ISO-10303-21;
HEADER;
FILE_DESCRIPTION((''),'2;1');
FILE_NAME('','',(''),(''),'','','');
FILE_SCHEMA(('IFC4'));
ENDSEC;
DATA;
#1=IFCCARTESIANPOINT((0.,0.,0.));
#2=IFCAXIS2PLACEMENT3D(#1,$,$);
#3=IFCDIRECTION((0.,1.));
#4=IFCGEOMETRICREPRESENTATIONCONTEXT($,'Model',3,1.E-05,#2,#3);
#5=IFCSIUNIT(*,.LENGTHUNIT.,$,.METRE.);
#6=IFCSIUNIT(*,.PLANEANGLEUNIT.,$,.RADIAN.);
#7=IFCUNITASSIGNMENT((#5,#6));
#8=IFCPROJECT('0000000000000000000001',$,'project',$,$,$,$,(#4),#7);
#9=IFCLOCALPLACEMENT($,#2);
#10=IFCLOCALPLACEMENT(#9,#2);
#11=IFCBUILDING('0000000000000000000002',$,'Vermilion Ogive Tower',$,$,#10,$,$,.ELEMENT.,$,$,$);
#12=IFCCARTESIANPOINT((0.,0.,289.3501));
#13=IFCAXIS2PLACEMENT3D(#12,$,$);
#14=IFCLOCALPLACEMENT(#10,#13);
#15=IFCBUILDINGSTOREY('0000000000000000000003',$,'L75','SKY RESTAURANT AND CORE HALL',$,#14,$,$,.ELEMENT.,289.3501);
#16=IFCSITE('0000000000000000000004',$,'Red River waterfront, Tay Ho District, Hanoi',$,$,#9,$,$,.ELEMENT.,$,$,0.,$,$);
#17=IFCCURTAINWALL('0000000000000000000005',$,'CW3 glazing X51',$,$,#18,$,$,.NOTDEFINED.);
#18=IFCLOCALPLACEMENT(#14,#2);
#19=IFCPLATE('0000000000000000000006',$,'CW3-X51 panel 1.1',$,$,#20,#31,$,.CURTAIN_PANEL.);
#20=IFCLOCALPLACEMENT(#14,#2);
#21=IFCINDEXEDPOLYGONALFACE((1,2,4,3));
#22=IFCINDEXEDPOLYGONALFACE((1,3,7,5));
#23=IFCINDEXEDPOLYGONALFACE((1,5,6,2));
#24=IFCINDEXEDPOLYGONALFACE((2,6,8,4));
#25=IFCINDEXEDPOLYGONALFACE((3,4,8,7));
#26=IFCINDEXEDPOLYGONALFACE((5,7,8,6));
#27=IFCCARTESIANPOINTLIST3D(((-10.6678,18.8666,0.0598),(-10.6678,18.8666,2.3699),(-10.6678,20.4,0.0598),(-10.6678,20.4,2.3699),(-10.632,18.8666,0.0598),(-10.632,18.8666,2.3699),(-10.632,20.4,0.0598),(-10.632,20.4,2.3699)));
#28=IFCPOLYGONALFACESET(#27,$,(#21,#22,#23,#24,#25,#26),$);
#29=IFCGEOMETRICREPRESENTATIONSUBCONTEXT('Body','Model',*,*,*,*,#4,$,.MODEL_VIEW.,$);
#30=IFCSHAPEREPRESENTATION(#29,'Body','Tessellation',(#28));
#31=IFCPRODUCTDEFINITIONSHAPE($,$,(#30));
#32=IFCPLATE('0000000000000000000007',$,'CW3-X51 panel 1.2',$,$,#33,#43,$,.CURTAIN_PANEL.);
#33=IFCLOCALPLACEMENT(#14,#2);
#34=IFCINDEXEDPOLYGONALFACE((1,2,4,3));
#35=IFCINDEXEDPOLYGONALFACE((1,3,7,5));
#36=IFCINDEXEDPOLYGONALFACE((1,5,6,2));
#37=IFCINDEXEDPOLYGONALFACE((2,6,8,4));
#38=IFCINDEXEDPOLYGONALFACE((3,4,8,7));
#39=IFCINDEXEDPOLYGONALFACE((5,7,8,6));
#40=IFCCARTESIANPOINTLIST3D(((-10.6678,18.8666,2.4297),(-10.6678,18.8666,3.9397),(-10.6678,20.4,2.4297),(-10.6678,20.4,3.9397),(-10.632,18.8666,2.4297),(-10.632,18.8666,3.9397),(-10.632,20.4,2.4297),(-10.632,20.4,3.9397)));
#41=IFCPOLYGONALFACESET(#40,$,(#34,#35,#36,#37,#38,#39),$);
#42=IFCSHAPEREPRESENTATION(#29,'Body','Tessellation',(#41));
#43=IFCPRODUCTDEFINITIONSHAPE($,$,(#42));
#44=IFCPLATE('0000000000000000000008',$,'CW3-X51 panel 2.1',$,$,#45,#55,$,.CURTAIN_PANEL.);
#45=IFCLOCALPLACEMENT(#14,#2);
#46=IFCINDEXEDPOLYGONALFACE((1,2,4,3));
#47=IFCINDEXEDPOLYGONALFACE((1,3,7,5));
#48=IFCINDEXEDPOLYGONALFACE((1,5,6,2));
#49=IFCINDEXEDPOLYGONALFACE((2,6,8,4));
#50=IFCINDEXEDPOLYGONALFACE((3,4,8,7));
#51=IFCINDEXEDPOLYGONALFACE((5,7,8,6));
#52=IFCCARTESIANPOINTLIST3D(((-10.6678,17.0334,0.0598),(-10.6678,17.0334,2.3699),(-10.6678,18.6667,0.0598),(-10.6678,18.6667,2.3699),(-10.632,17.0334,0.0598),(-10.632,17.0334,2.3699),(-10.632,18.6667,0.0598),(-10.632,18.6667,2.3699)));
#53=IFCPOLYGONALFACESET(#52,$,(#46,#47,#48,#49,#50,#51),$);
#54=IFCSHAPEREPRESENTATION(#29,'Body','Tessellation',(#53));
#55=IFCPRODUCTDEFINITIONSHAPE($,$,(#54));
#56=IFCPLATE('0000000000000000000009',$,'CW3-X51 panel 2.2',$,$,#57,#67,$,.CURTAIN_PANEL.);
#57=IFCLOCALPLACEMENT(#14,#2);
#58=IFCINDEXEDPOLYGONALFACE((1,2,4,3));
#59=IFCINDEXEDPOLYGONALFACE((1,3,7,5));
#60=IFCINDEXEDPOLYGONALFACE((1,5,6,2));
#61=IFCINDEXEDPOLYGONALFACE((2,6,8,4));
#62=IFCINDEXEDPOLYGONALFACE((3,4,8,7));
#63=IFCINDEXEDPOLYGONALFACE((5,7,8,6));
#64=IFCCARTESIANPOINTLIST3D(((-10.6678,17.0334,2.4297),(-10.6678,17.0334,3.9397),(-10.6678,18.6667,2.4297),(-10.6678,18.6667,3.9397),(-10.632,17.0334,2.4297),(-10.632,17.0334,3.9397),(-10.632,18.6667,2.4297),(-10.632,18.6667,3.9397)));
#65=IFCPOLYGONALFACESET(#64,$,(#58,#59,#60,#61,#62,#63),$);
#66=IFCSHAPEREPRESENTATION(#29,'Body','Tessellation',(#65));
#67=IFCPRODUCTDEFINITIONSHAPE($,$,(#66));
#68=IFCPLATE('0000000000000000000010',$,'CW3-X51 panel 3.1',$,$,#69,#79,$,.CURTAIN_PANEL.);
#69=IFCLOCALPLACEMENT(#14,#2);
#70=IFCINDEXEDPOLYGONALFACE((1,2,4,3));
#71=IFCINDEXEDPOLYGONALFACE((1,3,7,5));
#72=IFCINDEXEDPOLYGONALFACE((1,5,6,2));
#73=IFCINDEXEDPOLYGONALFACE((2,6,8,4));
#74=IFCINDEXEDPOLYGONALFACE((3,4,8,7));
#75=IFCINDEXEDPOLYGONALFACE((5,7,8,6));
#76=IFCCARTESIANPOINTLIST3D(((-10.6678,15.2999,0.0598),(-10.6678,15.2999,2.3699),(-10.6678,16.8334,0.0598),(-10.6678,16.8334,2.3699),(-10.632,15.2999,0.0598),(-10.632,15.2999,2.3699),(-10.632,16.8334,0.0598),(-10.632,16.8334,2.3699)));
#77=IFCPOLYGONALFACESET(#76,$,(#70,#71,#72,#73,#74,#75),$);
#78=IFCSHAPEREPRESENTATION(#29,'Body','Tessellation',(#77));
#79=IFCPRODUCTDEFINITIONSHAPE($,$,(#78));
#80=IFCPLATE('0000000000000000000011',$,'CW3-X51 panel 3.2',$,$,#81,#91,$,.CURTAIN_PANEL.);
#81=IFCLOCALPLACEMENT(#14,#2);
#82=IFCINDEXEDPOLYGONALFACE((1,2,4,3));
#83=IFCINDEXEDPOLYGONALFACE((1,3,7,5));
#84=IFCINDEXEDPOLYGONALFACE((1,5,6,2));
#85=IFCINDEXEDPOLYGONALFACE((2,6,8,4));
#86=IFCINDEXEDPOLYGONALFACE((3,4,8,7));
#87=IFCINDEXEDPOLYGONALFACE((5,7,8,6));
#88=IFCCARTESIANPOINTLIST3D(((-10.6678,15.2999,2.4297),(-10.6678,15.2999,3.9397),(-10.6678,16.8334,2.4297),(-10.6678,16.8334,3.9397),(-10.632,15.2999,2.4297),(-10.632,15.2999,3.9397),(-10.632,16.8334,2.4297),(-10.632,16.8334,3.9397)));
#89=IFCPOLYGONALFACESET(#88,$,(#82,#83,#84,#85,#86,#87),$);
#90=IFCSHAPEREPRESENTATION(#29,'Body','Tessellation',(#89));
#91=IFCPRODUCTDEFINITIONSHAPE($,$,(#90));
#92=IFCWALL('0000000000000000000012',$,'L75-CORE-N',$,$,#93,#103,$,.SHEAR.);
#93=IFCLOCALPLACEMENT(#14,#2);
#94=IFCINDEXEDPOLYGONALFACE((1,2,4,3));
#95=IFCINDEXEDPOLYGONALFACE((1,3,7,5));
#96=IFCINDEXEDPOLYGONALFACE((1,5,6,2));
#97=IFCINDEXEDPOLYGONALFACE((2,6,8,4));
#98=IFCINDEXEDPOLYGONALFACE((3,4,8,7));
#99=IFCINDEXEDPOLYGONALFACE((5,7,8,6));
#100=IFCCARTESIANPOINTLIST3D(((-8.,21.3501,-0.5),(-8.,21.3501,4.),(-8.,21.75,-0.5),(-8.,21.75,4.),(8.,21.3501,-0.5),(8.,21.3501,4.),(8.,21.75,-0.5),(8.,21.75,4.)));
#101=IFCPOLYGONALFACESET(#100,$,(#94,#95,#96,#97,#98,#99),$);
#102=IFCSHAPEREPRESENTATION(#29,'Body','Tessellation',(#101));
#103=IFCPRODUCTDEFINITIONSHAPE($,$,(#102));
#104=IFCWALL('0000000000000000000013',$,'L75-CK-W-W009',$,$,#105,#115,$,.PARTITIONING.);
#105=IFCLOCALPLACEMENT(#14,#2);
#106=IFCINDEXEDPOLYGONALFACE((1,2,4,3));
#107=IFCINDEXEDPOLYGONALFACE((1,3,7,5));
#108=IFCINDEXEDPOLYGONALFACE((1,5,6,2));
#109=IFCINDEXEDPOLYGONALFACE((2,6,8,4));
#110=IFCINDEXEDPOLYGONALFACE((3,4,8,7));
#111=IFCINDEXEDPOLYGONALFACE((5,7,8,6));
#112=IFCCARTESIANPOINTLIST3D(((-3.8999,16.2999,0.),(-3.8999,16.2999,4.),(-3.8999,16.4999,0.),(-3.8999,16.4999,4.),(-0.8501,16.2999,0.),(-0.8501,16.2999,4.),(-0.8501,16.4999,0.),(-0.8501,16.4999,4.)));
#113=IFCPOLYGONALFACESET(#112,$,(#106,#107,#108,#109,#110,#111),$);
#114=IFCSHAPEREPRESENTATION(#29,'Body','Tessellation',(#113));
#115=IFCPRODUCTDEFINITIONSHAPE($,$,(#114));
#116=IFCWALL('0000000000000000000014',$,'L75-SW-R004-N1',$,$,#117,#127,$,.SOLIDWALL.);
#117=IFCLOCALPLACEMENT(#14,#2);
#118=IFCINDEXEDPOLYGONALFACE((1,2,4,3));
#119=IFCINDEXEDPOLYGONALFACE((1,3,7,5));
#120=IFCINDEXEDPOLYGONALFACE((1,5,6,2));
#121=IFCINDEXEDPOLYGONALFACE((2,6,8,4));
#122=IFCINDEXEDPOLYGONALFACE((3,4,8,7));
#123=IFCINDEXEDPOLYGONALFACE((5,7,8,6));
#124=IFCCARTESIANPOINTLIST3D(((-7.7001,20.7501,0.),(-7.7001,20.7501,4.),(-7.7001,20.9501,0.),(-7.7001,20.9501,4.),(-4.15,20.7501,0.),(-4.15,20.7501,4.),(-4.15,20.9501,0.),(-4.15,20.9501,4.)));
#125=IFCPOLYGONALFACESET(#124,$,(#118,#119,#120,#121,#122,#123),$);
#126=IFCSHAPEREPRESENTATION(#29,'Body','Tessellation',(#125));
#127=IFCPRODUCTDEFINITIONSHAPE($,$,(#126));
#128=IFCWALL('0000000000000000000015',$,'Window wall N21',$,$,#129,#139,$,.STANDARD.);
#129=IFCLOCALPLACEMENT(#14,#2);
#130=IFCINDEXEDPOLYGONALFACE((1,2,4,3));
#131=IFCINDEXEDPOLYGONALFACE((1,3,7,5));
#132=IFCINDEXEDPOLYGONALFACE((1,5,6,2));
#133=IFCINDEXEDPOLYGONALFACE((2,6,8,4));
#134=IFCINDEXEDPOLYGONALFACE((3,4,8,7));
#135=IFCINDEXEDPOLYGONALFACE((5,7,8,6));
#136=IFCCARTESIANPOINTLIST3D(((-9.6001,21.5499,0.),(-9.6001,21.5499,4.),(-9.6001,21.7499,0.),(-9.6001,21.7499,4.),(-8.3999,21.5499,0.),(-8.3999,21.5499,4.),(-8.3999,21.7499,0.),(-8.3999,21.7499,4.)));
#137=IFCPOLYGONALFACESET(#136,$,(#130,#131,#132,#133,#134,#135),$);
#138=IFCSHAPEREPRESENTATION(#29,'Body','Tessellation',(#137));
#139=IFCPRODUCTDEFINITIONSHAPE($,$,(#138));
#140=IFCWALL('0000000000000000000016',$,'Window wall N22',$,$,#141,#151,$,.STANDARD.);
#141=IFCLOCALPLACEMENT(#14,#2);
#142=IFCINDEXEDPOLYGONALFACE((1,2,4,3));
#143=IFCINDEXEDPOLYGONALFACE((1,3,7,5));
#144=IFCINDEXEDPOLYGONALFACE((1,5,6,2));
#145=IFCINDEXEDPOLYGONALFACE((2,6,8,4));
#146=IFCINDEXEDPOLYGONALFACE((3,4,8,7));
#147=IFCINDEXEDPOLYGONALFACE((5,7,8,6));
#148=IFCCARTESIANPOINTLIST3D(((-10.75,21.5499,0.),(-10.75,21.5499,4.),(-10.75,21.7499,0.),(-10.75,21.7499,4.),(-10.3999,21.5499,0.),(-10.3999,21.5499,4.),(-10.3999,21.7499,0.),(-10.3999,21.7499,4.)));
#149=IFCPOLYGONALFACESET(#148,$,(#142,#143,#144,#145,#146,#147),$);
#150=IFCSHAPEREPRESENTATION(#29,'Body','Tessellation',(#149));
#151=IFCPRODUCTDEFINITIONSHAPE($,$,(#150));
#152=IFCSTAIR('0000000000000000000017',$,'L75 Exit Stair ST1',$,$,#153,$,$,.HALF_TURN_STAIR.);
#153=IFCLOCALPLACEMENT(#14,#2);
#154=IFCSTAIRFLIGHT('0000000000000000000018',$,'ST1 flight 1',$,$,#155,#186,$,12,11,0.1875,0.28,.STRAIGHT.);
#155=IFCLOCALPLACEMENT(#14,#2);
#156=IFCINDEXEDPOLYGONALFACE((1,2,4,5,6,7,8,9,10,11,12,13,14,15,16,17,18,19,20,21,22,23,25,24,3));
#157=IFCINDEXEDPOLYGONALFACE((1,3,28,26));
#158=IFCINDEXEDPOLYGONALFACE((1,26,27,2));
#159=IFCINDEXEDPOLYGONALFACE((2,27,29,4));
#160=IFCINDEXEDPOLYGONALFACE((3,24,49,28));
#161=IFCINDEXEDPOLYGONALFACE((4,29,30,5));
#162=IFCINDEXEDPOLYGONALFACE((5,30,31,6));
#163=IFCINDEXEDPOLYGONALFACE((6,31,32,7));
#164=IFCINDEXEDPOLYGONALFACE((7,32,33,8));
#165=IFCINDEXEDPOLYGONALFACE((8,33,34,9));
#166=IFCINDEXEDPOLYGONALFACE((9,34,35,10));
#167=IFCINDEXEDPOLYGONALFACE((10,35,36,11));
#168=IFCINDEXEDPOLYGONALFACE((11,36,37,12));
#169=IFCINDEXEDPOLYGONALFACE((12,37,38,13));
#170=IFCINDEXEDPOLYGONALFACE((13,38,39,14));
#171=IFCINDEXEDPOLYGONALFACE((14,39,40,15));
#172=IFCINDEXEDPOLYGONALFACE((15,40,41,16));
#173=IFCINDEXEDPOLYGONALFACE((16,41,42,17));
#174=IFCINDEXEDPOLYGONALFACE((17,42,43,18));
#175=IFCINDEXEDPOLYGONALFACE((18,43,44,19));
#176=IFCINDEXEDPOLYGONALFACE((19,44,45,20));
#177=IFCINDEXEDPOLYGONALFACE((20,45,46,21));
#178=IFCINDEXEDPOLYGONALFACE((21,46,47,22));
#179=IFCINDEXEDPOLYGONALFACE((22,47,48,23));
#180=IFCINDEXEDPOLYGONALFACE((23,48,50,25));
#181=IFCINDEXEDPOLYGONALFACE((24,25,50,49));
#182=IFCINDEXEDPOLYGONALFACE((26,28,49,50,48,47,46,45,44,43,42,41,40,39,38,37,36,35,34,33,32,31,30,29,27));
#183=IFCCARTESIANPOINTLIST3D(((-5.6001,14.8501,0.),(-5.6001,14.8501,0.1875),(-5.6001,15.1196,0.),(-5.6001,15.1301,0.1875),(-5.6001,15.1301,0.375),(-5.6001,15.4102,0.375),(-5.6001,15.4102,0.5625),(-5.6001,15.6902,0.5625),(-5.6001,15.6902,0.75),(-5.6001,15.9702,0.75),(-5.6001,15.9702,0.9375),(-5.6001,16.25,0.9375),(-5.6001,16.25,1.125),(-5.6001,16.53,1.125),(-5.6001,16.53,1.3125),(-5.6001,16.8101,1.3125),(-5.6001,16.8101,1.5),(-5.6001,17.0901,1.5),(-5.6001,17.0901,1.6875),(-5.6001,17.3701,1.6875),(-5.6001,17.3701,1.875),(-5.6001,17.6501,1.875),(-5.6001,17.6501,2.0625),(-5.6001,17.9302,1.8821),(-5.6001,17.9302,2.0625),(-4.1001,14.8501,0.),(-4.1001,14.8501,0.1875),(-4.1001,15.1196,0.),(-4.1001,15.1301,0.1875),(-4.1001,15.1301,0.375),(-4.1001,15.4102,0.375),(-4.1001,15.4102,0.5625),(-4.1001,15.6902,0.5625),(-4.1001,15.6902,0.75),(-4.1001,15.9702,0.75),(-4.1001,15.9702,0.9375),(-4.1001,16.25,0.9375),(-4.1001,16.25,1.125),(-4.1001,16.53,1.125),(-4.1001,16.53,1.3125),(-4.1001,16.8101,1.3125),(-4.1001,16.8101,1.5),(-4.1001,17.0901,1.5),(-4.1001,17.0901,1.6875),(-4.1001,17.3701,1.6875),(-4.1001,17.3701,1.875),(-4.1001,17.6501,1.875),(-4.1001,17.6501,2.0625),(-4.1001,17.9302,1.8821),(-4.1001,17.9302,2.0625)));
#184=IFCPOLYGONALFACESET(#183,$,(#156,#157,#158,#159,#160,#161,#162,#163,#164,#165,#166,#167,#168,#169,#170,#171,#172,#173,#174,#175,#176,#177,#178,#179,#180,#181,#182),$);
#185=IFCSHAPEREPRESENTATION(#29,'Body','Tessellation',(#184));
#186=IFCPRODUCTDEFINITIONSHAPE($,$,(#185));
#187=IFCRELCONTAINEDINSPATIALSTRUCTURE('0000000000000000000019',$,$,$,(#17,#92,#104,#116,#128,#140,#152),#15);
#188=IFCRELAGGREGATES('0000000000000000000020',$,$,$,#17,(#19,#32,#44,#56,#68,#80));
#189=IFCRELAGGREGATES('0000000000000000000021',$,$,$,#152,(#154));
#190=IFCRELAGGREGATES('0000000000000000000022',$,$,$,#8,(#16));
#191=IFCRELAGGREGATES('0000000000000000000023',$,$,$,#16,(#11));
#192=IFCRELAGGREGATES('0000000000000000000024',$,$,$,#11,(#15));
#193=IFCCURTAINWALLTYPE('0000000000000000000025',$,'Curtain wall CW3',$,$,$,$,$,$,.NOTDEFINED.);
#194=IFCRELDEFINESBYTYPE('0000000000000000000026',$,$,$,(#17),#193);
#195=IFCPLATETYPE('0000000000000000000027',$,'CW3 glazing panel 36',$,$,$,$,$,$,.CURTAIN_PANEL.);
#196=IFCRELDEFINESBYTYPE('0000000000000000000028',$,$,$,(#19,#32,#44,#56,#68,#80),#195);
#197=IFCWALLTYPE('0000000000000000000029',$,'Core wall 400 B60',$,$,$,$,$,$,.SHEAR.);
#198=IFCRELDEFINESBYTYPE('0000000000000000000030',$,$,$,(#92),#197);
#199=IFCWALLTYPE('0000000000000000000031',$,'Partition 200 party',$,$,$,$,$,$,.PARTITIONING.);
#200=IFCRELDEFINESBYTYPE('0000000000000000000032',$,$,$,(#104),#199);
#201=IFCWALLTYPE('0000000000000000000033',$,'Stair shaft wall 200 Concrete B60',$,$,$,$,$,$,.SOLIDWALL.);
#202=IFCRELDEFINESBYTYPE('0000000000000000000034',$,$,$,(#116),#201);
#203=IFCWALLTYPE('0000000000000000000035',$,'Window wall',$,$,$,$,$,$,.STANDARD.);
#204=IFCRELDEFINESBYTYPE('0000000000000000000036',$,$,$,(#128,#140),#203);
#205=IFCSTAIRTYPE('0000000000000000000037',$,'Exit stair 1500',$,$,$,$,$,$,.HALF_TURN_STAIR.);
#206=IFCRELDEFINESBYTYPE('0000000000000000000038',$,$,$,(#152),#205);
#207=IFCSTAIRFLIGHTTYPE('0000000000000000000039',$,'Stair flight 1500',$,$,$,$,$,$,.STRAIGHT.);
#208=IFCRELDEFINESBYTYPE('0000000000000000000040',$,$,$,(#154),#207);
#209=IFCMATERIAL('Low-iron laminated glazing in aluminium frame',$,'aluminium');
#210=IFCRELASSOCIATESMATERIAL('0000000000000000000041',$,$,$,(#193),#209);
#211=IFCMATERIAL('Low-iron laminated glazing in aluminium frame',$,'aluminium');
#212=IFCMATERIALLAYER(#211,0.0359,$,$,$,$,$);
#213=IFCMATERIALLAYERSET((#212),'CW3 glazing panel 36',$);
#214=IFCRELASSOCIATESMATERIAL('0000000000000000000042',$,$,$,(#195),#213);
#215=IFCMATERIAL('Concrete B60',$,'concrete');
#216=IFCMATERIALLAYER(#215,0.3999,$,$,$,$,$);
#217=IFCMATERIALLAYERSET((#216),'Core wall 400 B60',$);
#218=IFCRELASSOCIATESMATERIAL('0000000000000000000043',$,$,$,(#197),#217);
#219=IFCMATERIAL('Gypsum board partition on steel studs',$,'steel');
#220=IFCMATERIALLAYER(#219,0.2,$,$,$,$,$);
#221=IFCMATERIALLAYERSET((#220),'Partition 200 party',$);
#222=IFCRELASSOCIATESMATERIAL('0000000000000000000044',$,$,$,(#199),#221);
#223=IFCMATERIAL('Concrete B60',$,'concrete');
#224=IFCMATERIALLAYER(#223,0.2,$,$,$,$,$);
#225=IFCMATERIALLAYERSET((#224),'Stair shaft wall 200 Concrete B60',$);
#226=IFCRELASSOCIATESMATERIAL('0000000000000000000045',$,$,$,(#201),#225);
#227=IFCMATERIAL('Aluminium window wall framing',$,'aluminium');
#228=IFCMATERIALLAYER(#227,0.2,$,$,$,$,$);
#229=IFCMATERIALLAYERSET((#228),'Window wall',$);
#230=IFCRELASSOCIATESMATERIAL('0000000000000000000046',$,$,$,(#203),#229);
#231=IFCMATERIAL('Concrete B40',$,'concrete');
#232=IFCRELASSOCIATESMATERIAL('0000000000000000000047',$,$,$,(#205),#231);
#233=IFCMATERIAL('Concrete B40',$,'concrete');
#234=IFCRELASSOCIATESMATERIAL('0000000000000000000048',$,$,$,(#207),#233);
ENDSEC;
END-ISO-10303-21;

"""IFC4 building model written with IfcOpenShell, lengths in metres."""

from ifc_helpers import new_model, si_unit, direction, frame, frame_2d, origin, origin_2d, place, context, subcontext, project, spatial, polyline, rectangle, outline, extrude, material, layer, layer_set, type_object, element, aggregate, save


model = new_model("IFC4")

# Units and contexts
model_context = context("Model", 3, precision=1e-05, world=origin(), true_north=direction((0.0, 1.0)))
body_context = subcontext(model_context, "Body", "Model", "MODEL_VIEW")
ifc_project = project(units=[si_unit("LENGTHUNIT", "METRE"), si_unit("PLANEANGLEUNIT", "RADIAN")], contexts=[model_context])

# Site, building, storey
site_placement = place(None, origin())
site = spatial("IfcSite", under=ifc_project, at=site_placement, Name="Red River waterfront, Tay Ho District, Hanoi", CompositionType="ELEMENT", RefElevation=0.0)
building_placement = place(site_placement, origin())
building = spatial("IfcBuilding", under=site, at=building_placement, Name="Vermilion Ogive Tower", CompositionType="ELEMENT")
storey_placement = place(building_placement, frame((0.0, 0.0, 289.3501)))
storey = spatial("IfcBuildingStorey", under=building, at=storey_placement, Name="L75", Description="SKY RESTAURANT AND CORE HALL", CompositionType="ELEMENT", Elevation=289.3501)

# Curtain wall, plates
ifc_material_1 = material(Name="Low-iron laminated glazing in aluminium frame", Category="aluminium")
curtain_wall_type = type_object("IfcCurtainWallType", Name="Curtain wall CW3", PredefinedType="NOTDEFINED", material=ifc_material_1)
curtain_wall_placement = place(storey_placement, origin())
curtain_wall = element("IfcCurtainWall", 1, at=curtain_wall_placement, inside=storey, type_object=curtain_wall_type, Name="CW3 glazing X51", PredefinedType="NOTDEFINED")
ifc_material_2 = material(Name="Low-iron laminated glazing in aluminium frame", Category="aluminium")
ifc_layer_1 = layer(ifc_material_2, 0.0359)
ifc_layer_set_1 = layer_set([ifc_layer_1], Name="CW3 glazing panel 36")
plate_type = type_object("IfcPlateType", Name="CW3 glazing panel 36", PredefinedType="CURTAIN_PANEL", material=ifc_layer_set_1)
plate_1_placement = place(storey_placement, frame((-10.6499, 19.6333, 0.0598), z_axis=(0.0, 0.0, 1.0), x_axis=(0.0, -1.0, 0.0)))
plate_1 = element("IfcPlate", 2, at=plate_1_placement, type_object=plate_type, Name="CW3-X51 panel 1.1", PredefinedType="CURTAIN_PANEL", context=body_context, shape_type="SweptSolid", body=[
    extrude(rectangle(XDim=1.5334, YDim=0.0359, at=origin_2d()), origin(), (0.0, 0.0, 1.0), 2.3101),
])
plate_2_placement = place(storey_placement, frame((-10.6499, 19.6333, 2.4297), z_axis=(0.0, 0.0, 1.0), x_axis=(0.0, -1.0, 0.0)))
plate_2 = element("IfcPlate", 3, at=plate_2_placement, type_object=plate_type, Name="CW3-X51 panel 1.2", PredefinedType="CURTAIN_PANEL", context=body_context, shape_type="SweptSolid", body=[
    extrude(rectangle(XDim=1.5334, YDim=0.0359, at=origin_2d()), origin(), (0.0, 0.0, 1.0), 1.51),
])
plate_3_placement = place(storey_placement, frame((-10.6499, 17.8501, 0.0598), z_axis=(0.0, 0.0, 1.0), x_axis=(0.0, -1.0, 0.0)))
plate_3 = element("IfcPlate", 4, at=plate_3_placement, type_object=plate_type, Name="CW3-X51 panel 2.1", PredefinedType="CURTAIN_PANEL", context=body_context, shape_type="SweptSolid", body=[
    extrude(rectangle(XDim=1.6333, YDim=0.0359, at=origin_2d()), origin(), (0.0, 0.0, 1.0), 2.3101),
])
plate_4_placement = place(storey_placement, frame((-10.6499, 17.8501, 2.4297), z_axis=(0.0, 0.0, 1.0), x_axis=(0.0, -1.0, 0.0)))
plate_4 = element("IfcPlate", 5, at=plate_4_placement, type_object=plate_type, Name="CW3-X51 panel 2.2", PredefinedType="CURTAIN_PANEL", context=body_context, shape_type="SweptSolid", body=[
    extrude(rectangle(XDim=1.6333, YDim=0.0359, at=origin_2d()), origin(), (0.0, 0.0, 1.0), 1.51),
])
plate_5_placement = place(storey_placement, frame((-10.6499, 16.0667, 0.0598), z_axis=(0.0, 0.0, 1.0), x_axis=(0.0, -1.0, 0.0)))
plate_5 = element("IfcPlate", 6, at=plate_5_placement, type_object=plate_type, Name="CW3-X51 panel 3.1", PredefinedType="CURTAIN_PANEL", context=body_context, shape_type="SweptSolid", body=[
    extrude(rectangle(XDim=1.5334, YDim=0.0359, at=origin_2d()), origin(), (0.0, 0.0, 1.0), 2.3101),
])
plate_6_placement = place(storey_placement, frame((-10.6499, 16.0667, 2.4297), z_axis=(0.0, 0.0, 1.0), x_axis=(0.0, -1.0, 0.0)))
plate_6 = element("IfcPlate", 7, at=plate_6_placement, type_object=plate_type, Name="CW3-X51 panel 3.2", PredefinedType="CURTAIN_PANEL", context=body_context, shape_type="SweptSolid", body=[
    extrude(rectangle(XDim=1.5334, YDim=0.0359, at=origin_2d()), origin(), (0.0, 0.0, 1.0), 1.51),
])
aggregate(curtain_wall, [plate_1, plate_2, plate_3, plate_4, plate_5, plate_6])

# Walls
ifc_material_3 = material(Name="Concrete B60", Category="concrete")
ifc_layer_2 = layer(ifc_material_3, 0.3999)
ifc_layer_set_2 = layer_set([ifc_layer_2], Name="Core wall 400 B60")
wall_type_1 = type_object("IfcWallType", Name="Core wall 400 B60", PredefinedType="SHEAR", material=ifc_layer_set_2)
wall_1_placement = place(storey_placement, frame((-8.0, 21.55, -0.5), z_axis=(0.0, 0.0, 1.0), x_axis=(1.0, 0.0, 0.0)))
element("IfcWall", 8, at=wall_1_placement, inside=storey, type_object=wall_type_1, Name="L75-CORE-N", PredefinedType="SHEAR", context=body_context, shape_type="SweptSolid", body=[
    extrude(rectangle(XDim=16.0, YDim=0.3999, at=frame_2d((8.0, 0.0))), origin(), (0.0, 0.0, 1.0), 4.5),
])
ifc_material_4 = material(Name="Gypsum board partition on steel studs", Category="steel")
ifc_layer_3 = layer(ifc_material_4, 0.2)
ifc_layer_set_3 = layer_set([ifc_layer_3], Name="Partition 200 party")
wall_type_2 = type_object("IfcWallType", Name="Partition 200 party", PredefinedType="PARTITIONING", material=ifc_layer_set_3)
wall_2_placement = place(storey_placement, frame((-3.8999, 16.3999, 0.0), z_axis=(0.0, 0.0, 1.0), x_axis=(1.0, 0.0, 0.0)))
element("IfcWall", 9, at=wall_2_placement, inside=storey, type_object=wall_type_2, Name="L75-CK-W-W009", PredefinedType="PARTITIONING", context=body_context, shape_type="SweptSolid", body=[
    extrude(rectangle(XDim=3.0498, YDim=0.2, at=frame_2d((1.5249, 0.0))), origin(), (0.0, 0.0, 1.0), 4.0),
])
ifc_material_5 = material(Name="Concrete B60", Category="concrete")
ifc_layer_4 = layer(ifc_material_5, 0.2)
ifc_layer_set_4 = layer_set([ifc_layer_4], Name="Stair shaft wall 200 Concrete B60")
wall_type_3 = type_object("IfcWallType", Name="Stair shaft wall 200 Concrete B60", PredefinedType="SOLIDWALL", material=ifc_layer_set_4)
wall_3_placement = place(storey_placement, frame((-7.7, 20.8501, 0.0), z_axis=(0.0, 0.0, 1.0), x_axis=(1.0, 0.0, 0.0)))
element("IfcWall", 10, at=wall_3_placement, inside=storey, type_object=wall_type_3, Name="L75-SW-R004-N1", PredefinedType="SOLIDWALL", context=body_context, shape_type="SweptSolid", body=[
    extrude(rectangle(XDim=3.55, YDim=0.2, at=frame_2d((1.7749, 0.0))), origin(), (0.0, 0.0, 1.0), 4.0),
])
ifc_material_6 = material(Name="Aluminium window wall framing", Category="aluminium")
ifc_layer_5 = layer(ifc_material_6, 0.2)
ifc_layer_set_5 = layer_set([ifc_layer_5], Name="Window wall")
wall_type_4 = type_object("IfcWallType", Name="Window wall", PredefinedType="STANDARD", material=ifc_layer_set_5)
wall_4_placement = place(storey_placement, frame((-8.3999, 21.6499, 0.0), z_axis=(0.0, 0.0, 1.0), x_axis=(-1.0, 0.0, 0.0)))
element("IfcWall", 11, at=wall_4_placement, inside=storey, type_object=wall_type_4, Name="Window wall N21", PredefinedType="STANDARD", context=body_context, shape_type="SweptSolid", body=[
    extrude(rectangle(XDim=1.2002, YDim=0.2, at=frame_2d((0.6001, 0.0))), origin(), (0.0, 0.0, 1.0), 4.0),
])
wall_5_placement = place(storey_placement, frame((-10.3999, 21.6499, 0.0), z_axis=(0.0, 0.0, 1.0), x_axis=(-1.0, 0.0, 0.0)))
element("IfcWall", 12, at=wall_5_placement, inside=storey, type_object=wall_type_4, Name="Window wall N22", PredefinedType="STANDARD", context=body_context, shape_type="SweptSolid", body=[
    extrude(rectangle(XDim=0.3501, YDim=0.2, at=frame_2d((0.175, 0.0))), origin(), (0.0, 0.0, 1.0), 4.0),
])

# Stair, stair flight
ifc_material_7 = material(Name="Concrete B40", Category="concrete")
stair_type = type_object("IfcStairType", Name="Exit stair 1500", PredefinedType="HALF_TURN_STAIR", material=ifc_material_7)
stair_placement = place(storey_placement, origin())
stair = element("IfcStair", 13, at=stair_placement, inside=storey, type_object=stair_type, Name="L75 Exit Stair ST1", PredefinedType="HALF_TURN_STAIR")
ifc_material_8 = material(Name="Concrete B40", Category="concrete")
stair_flight_type = type_object("IfcStairFlightType", Name="Stair flight 1500", PredefinedType="STRAIGHT", material=ifc_material_8)
stair_flight_1_placement = place(storey_placement, frame((-4.8501, 14.8501, 0.0), z_axis=(0.0, 0.0, 1.0), x_axis=(0.0, 1.0, 0.0)))
stair_flight_1 = element("IfcStairFlight", 14, at=stair_flight_1_placement, type_object=stair_flight_type, Name="ST1 flight 1", NumberOfRisers=12, NumberOfTreads=11, PredefinedType="STRAIGHT", RiserHeight=0.1875, TreadLength=0.28, context=body_context, shape_type="SweptSolid", body=[
    extrude(outline(polyline([(0.0, 0.0), (0.0, 0.1875), (0.28, 0.1875), (0.28, 0.375), (0.5601, 0.375), (0.5601, 0.5625), (0.8401, 0.5625), (0.8401, 0.75), (1.1201, 0.75), (1.1201, 0.9375), (1.3999, 0.9375), (1.3999, 1.125), (1.6799, 1.125), (1.6799, 1.3125), (1.96, 1.3125), (1.96, 1.5), (2.24, 1.5), (2.24, 1.6875), (2.52, 1.6875), (2.52, 1.875), (2.8, 1.875), (2.8, 2.0625), (3.0801, 2.0625), (3.0801, 2.25), (3.0801, 1.8821), (0.2695, 0.0), (0.0, 0.0)])), frame((0.0, 0.75, 0.0), z_axis=(0.0, -1.0, 0.0), x_axis=(1.0, 0.0, 0.0)), (0.0, 0.0, 1.0), 1.5),
])
aggregate(stair, [stair_flight_1])

save(model, "model.ifc")
